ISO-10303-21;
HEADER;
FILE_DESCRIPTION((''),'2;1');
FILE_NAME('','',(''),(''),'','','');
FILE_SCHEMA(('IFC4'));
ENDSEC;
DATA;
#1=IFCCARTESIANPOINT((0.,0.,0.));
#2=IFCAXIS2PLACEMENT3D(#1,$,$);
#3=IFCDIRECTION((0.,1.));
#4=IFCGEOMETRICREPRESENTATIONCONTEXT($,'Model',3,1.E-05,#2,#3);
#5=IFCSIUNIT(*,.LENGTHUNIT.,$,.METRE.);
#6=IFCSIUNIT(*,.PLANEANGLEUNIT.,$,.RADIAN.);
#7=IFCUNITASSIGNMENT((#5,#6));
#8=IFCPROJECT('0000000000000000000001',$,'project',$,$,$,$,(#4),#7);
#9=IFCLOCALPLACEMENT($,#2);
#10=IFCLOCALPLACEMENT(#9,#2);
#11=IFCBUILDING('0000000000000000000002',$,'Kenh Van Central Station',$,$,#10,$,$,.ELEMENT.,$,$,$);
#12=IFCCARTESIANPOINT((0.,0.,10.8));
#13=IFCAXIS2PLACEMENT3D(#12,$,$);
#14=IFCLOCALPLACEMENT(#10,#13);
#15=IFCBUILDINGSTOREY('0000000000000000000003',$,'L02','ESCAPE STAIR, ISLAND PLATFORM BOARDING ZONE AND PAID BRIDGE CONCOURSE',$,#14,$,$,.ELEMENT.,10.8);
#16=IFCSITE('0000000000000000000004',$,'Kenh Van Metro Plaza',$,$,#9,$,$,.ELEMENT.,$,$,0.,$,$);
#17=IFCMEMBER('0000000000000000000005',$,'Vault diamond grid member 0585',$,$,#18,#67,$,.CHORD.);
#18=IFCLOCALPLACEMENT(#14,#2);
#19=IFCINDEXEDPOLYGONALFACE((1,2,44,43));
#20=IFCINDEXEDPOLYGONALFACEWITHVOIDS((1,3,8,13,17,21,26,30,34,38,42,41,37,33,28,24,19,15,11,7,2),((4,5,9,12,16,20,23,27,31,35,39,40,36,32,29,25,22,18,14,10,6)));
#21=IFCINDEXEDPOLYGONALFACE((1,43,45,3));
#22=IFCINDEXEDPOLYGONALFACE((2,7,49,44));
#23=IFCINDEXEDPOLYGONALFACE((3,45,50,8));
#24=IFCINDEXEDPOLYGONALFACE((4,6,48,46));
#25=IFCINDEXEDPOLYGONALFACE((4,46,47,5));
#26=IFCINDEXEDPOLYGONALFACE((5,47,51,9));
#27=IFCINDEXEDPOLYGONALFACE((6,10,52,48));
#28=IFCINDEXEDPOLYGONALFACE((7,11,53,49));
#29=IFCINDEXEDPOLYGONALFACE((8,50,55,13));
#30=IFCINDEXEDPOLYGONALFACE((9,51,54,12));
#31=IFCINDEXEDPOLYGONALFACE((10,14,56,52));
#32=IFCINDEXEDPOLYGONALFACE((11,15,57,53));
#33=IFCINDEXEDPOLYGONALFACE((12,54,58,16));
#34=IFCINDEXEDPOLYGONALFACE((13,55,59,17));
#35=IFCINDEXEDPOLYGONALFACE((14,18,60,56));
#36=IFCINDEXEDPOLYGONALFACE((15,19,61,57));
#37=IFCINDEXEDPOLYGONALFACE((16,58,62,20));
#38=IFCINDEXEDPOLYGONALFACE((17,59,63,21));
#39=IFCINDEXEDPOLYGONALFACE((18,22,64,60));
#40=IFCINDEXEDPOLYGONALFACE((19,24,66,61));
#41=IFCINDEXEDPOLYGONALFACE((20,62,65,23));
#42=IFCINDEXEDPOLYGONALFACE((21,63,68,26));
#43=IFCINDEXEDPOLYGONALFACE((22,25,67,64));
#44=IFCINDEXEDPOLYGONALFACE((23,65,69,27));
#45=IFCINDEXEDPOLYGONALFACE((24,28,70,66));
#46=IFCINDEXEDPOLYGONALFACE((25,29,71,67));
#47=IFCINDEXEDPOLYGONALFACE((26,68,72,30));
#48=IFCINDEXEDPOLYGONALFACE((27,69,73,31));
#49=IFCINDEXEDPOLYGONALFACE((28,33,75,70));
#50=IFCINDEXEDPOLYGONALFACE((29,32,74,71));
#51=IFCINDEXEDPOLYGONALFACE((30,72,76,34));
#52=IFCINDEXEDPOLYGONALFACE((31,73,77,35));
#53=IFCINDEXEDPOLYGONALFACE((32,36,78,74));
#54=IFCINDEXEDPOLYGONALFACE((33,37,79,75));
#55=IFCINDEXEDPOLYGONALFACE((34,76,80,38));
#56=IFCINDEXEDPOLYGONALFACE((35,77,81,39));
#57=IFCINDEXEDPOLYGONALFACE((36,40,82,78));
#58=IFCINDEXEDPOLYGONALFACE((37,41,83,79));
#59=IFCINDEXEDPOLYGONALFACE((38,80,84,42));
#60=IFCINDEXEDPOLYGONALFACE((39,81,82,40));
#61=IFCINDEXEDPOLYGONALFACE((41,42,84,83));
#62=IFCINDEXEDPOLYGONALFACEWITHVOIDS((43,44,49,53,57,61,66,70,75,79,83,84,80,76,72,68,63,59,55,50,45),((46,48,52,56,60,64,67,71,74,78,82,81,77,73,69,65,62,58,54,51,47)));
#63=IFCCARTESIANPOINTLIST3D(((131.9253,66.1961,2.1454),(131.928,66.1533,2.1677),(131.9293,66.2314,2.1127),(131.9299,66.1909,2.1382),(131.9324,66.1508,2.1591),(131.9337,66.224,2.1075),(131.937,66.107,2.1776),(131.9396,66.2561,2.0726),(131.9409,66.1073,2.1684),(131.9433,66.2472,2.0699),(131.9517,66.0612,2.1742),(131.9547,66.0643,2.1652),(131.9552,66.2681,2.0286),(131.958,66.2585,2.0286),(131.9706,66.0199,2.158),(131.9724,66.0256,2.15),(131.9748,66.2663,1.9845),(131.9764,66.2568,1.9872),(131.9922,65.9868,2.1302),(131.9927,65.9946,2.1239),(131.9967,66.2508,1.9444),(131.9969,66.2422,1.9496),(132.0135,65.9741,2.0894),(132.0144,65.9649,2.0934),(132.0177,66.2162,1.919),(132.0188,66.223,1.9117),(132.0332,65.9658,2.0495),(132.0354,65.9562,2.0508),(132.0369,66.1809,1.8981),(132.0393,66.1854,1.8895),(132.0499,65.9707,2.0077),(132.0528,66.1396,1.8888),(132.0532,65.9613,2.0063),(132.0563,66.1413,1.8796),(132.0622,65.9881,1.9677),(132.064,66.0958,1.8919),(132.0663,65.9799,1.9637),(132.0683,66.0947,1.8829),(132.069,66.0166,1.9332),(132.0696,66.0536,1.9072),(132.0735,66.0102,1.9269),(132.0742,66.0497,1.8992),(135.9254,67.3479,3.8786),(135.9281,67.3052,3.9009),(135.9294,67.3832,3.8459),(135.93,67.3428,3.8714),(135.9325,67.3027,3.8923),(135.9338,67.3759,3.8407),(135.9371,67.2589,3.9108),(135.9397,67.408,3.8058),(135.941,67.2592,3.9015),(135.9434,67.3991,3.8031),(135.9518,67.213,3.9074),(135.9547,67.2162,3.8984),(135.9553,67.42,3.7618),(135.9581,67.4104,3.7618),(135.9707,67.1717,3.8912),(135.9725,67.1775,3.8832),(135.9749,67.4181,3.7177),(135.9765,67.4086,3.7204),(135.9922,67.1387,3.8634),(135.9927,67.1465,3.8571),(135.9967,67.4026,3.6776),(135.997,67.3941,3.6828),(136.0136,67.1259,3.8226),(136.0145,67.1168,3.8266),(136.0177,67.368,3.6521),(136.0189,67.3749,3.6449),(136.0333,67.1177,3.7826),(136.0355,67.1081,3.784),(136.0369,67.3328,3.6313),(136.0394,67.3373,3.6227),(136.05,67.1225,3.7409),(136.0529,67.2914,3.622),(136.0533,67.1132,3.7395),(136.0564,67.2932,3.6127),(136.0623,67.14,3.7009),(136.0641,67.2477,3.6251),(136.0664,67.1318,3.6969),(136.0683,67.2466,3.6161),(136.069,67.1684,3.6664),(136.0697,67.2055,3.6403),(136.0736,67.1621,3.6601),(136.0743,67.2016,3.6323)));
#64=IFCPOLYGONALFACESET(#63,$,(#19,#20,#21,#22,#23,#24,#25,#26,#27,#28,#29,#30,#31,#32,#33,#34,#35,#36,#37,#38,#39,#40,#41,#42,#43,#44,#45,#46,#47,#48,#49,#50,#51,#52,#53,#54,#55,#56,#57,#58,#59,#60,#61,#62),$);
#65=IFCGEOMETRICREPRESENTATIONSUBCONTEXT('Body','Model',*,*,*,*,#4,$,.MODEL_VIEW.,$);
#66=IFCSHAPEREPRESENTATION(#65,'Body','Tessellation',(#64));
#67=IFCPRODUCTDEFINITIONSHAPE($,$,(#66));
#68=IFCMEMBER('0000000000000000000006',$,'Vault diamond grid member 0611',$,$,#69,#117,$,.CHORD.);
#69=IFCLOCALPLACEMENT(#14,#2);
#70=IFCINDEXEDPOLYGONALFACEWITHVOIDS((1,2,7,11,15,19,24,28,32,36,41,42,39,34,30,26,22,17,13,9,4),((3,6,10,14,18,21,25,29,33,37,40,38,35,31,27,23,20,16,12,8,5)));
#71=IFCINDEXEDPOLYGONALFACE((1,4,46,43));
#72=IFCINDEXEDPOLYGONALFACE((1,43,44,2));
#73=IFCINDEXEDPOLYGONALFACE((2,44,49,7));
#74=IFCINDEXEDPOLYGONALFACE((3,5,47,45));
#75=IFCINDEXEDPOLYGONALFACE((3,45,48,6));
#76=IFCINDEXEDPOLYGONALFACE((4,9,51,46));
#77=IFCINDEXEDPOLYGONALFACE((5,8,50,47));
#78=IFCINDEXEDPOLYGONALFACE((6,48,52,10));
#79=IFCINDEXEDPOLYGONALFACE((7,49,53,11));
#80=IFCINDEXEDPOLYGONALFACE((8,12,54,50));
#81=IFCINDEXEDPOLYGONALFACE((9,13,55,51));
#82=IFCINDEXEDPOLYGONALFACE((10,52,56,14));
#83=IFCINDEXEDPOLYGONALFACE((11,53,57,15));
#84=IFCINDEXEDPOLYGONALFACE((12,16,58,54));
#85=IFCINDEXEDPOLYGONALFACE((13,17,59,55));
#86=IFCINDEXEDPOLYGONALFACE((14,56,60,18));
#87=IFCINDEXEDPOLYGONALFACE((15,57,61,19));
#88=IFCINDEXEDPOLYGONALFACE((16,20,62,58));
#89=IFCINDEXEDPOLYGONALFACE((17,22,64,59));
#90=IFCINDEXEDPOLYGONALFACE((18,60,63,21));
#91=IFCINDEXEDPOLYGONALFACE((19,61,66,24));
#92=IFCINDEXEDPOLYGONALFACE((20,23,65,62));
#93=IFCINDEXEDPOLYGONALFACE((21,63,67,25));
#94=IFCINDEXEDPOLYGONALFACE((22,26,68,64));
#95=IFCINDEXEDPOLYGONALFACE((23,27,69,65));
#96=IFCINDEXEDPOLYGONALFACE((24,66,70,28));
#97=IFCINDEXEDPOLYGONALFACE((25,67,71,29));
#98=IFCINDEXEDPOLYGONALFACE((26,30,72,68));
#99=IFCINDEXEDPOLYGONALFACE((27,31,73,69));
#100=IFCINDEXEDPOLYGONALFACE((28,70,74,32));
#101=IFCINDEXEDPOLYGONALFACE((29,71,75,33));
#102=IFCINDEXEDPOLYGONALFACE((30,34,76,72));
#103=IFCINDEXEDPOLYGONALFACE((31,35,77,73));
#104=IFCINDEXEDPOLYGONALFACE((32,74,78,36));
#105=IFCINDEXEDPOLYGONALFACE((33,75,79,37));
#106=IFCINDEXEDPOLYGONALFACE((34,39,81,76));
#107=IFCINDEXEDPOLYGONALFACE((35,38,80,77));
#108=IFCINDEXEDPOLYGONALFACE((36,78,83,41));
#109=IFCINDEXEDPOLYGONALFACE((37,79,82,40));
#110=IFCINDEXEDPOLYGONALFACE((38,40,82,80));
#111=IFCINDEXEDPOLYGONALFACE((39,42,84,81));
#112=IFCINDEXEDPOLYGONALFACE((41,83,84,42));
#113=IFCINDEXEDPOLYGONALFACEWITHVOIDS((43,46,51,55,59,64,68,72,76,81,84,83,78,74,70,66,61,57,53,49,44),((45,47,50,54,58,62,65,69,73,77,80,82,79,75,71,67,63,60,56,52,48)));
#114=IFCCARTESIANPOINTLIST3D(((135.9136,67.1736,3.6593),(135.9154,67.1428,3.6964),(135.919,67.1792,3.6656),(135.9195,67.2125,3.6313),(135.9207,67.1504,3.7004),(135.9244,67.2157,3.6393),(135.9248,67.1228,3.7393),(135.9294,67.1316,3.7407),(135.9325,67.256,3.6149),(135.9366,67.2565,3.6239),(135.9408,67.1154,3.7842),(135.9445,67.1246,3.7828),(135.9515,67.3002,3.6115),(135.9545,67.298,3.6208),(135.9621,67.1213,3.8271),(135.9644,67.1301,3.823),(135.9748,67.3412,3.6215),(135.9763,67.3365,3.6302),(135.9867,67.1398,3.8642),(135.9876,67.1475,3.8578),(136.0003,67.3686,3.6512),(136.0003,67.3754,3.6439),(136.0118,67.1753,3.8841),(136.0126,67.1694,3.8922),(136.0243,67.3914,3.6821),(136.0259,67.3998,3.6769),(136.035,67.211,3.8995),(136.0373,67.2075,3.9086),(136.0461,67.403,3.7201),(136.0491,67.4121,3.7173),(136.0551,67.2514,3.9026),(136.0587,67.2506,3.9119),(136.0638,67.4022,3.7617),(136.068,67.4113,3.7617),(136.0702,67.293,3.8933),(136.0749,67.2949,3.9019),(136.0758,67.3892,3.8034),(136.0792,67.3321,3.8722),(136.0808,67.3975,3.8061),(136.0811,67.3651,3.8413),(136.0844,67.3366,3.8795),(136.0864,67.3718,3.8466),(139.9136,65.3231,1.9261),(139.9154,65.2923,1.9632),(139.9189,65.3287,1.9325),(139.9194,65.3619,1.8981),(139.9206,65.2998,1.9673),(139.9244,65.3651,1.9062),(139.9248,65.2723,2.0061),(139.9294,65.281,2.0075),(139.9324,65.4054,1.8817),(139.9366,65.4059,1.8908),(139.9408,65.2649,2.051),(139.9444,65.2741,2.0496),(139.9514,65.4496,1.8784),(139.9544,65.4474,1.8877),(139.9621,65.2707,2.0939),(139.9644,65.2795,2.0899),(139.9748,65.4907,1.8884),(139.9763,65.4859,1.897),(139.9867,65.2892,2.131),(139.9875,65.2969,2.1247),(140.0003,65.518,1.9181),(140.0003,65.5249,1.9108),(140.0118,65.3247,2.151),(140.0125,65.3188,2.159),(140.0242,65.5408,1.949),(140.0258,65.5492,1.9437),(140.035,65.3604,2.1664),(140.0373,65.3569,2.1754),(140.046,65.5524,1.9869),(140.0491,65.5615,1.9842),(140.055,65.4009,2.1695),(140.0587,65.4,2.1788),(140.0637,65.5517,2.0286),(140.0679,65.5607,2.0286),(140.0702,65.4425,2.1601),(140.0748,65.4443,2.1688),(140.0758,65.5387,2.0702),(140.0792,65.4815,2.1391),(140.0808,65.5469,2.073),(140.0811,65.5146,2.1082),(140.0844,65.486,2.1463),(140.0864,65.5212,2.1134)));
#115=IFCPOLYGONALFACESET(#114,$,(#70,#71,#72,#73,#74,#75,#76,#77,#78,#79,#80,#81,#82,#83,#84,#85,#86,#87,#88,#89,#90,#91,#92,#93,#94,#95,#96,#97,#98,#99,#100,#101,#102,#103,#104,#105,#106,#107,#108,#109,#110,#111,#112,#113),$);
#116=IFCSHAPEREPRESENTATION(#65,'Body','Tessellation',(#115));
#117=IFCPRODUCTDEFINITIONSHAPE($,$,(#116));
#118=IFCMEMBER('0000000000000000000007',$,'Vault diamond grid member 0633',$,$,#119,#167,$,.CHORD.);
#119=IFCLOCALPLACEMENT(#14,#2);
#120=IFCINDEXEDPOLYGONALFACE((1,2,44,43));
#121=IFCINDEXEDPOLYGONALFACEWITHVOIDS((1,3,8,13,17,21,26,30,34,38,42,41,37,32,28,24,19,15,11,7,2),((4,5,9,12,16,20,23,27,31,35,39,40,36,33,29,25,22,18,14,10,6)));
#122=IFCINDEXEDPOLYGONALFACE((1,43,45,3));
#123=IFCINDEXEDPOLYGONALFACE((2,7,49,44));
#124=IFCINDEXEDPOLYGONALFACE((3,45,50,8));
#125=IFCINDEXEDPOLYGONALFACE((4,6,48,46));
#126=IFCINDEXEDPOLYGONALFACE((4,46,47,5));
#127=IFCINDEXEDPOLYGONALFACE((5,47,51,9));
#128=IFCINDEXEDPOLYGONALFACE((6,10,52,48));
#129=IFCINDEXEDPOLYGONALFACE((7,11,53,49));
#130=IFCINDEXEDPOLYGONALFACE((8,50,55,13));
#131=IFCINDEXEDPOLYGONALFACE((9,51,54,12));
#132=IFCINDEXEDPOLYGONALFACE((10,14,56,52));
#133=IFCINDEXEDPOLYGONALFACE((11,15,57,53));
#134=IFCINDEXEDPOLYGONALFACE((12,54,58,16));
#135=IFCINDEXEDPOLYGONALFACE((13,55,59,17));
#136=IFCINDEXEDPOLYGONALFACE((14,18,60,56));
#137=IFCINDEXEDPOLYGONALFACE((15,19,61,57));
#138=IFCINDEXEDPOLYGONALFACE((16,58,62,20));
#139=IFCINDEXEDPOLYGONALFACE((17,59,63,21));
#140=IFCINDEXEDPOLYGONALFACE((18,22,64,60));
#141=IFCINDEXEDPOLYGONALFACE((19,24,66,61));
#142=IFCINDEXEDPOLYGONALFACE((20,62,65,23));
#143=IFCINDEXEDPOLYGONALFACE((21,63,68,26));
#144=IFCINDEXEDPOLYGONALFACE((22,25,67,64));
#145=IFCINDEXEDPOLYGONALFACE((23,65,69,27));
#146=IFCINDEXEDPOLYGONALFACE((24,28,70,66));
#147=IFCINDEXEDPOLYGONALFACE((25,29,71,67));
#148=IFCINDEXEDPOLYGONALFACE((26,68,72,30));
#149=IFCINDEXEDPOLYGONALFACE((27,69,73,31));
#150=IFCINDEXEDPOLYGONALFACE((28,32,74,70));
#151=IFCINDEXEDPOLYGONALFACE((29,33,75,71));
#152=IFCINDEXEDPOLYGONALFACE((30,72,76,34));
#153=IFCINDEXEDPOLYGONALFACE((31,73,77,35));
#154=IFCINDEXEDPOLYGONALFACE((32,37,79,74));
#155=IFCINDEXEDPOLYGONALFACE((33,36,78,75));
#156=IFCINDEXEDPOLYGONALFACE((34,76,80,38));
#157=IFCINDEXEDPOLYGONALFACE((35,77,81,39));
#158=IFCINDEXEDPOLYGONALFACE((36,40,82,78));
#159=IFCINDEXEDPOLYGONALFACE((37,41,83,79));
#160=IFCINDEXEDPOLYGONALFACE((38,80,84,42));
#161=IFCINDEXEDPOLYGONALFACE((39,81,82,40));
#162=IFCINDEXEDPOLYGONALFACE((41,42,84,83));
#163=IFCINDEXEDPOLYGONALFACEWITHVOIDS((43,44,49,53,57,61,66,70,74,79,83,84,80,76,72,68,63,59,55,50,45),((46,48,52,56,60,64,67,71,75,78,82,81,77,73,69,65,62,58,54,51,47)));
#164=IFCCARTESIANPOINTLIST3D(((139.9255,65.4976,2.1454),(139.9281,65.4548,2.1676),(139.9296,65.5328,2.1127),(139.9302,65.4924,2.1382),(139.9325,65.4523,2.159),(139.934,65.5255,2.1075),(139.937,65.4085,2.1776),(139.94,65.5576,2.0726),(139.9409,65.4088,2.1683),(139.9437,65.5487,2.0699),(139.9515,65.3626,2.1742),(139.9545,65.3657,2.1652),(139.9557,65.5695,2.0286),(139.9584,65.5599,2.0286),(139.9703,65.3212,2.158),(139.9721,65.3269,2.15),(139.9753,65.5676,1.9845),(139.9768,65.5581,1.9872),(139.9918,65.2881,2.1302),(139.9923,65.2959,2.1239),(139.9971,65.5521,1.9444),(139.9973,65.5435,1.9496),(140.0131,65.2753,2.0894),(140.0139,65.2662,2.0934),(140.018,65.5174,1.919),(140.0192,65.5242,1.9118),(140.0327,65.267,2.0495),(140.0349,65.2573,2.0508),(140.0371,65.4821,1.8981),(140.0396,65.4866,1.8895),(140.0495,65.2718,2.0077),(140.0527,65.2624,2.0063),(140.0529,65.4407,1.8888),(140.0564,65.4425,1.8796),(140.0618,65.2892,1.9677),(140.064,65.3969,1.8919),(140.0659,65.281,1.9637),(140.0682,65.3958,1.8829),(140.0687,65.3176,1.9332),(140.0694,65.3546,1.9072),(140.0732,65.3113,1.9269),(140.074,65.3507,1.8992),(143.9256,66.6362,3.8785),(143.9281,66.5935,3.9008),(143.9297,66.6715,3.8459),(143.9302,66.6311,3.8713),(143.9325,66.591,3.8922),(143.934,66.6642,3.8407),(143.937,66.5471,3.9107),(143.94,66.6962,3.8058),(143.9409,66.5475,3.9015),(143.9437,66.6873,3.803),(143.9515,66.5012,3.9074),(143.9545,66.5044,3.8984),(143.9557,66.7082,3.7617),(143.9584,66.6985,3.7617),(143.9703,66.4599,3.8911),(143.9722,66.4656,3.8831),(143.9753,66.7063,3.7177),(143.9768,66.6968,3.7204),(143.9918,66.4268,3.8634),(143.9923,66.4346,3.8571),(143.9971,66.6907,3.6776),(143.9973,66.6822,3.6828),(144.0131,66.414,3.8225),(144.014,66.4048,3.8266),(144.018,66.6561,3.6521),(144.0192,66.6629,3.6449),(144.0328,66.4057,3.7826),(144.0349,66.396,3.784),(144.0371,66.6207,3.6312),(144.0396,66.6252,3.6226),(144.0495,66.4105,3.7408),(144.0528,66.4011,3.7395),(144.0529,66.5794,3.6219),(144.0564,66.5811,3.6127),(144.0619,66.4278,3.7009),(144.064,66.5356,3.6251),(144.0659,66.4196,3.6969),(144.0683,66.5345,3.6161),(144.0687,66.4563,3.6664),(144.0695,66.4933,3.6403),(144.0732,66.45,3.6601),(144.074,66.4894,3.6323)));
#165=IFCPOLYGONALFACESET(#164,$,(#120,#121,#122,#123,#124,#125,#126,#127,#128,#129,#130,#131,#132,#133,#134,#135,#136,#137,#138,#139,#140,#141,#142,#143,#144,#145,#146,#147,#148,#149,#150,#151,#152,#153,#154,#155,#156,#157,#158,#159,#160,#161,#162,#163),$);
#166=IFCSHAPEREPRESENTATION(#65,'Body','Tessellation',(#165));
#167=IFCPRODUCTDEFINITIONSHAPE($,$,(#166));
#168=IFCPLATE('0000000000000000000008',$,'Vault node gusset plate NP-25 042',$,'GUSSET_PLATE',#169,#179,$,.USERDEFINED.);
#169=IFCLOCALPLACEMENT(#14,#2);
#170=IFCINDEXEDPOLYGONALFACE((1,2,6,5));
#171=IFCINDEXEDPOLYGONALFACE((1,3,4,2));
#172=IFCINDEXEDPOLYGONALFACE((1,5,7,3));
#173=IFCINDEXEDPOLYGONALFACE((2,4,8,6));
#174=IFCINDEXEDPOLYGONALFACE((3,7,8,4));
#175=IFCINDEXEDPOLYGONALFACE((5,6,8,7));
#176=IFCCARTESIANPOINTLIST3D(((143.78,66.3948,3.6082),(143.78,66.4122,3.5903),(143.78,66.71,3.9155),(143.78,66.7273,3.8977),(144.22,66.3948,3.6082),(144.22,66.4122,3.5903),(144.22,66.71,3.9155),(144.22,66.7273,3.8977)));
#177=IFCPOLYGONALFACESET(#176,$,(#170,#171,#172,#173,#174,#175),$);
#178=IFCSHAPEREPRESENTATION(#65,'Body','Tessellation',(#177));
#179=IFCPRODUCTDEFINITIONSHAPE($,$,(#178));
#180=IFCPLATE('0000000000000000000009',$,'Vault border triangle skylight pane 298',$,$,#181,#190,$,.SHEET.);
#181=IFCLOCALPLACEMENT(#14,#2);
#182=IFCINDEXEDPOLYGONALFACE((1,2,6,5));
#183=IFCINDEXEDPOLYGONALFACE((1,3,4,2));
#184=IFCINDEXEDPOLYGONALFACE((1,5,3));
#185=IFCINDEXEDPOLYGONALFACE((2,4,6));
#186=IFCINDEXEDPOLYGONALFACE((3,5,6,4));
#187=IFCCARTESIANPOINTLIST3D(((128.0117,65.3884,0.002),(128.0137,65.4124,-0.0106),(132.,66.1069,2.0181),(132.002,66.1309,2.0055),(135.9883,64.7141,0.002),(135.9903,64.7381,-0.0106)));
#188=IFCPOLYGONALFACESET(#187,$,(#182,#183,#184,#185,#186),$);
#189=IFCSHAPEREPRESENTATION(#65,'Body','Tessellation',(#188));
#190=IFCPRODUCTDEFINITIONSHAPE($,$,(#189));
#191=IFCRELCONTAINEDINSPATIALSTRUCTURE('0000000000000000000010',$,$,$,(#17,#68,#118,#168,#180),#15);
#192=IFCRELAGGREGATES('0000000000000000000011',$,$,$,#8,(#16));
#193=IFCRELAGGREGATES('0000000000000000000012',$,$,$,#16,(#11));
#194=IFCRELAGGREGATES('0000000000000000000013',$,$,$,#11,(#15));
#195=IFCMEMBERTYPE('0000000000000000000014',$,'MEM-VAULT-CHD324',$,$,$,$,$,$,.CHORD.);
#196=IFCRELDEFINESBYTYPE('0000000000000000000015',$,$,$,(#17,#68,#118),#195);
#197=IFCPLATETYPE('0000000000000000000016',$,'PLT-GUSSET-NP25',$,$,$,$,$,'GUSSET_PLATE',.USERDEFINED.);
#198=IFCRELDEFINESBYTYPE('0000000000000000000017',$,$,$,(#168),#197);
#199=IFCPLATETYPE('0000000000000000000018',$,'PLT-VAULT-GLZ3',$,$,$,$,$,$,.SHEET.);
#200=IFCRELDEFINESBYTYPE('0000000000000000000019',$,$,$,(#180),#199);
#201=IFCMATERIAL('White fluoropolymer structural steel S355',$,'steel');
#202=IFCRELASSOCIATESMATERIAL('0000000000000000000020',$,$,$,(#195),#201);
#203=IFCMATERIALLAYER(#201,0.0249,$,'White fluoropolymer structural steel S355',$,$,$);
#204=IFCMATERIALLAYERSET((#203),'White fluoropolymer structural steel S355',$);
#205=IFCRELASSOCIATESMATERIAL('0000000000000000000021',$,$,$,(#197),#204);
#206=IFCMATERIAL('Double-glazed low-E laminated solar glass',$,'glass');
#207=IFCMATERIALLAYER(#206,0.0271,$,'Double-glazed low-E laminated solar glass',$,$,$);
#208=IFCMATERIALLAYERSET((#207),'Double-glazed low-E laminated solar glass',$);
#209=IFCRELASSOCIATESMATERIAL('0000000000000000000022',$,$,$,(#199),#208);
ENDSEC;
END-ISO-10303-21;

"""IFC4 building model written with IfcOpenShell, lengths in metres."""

from ifc_helpers import new_model, si_unit, direction, frame, origin, origin_2d, place, context, subcontext, project, spatial, polyline, hollow_circle, outline, extrude, material, layer, layer_set, material_profile, profile_set, type_object, element, save


model = new_model("IFC4")

# Units and contexts
model_context = context("Model", 3, precision=1e-05, world=origin(), true_north=direction((0.0, 1.0)))
body_context = subcontext(model_context, "Body", "Model", "MODEL_VIEW")
ifc_project = project(units=[si_unit("LENGTHUNIT", "METRE"), si_unit("PLANEANGLEUNIT", "RADIAN")], contexts=[model_context])

# Site, building, storey
site_placement = place(None, origin())
site = spatial("IfcSite", under=ifc_project, at=site_placement, Name="Kenh Van Metro Plaza", CompositionType="ELEMENT", RefElevation=0.0)
building_placement = place(site_placement, origin())
building = spatial("IfcBuilding", under=site, at=building_placement, Name="Kenh Van Central Station", CompositionType="ELEMENT")
storey_placement = place(building_placement, frame((0.0, 0.0, 10.8)))
storey = spatial("IfcBuildingStorey", under=building, at=storey_placement, Name="L02", Description="ESCAPE STAIR, ISLAND PLATFORM BOARDING ZONE AND PAID BRIDGE CONCOURSE", CompositionType="ELEMENT", Elevation=10.8)

# Shared definitions
ifc_material_1 = material(Name="White fluoropolymer structural steel S355", Category="steel")

# Members
ifc_material_profile_1 = material_profile(ifc_material_1, hollow_circle(Radius=0.1619, WallThickness=0.01, at=origin_2d()), Name="CHS 323.9x10")
ifc_profile_set_1 = profile_set([ifc_material_profile_1], Name="White fluoropolymer structural steel S355")
member_type_1 = type_object("IfcMemberType", Name="MEM-VAULT-CHD324", PredefinedType="CHORD", material=ifc_profile_set_1)
member_1_placement = place(storey_placement, frame((132.0, 66.1125, 2.0286), z_axis=(0.887125, 0.25546, 0.384381), x_axis=(-0.276719, 0.960951, 0.0)))
element("IfcMember", 1, at=member_1_placement, inside=storey, type_object=member_type_1, Name="Vault diamond grid member 0585", PredefinedType="CHORD", context=body_context, shape_type="SweptSolid", body=[
    extrude(hollow_circle(Radius=0.1619, WallThickness=0.01, at=origin_2d()), origin(), (0.0, 0.0, 1.0), 4.509),
])
member_2_placement = place(storey_placement, frame((136.0, 67.2644, 3.7617), z_axis=(0.844617, -0.390759, -0.365963), x_axis=(0.419887, 0.907576, 0.0)))
element("IfcMember", 2, at=member_2_placement, inside=storey, type_object=member_type_1, Name="Vault diamond grid member 0611", PredefinedType="CHORD", context=body_context, shape_type="SweptSolid", body=[
    extrude(hollow_circle(Radius=0.1619, WallThickness=0.01, at=origin_2d()), origin(), (0.0, 0.0, 1.0), 4.7358),
])
member_3_placement = place(storey_placement, frame((140.0, 65.4138, 2.0286), z_axis=(0.887785, 0.252724, 0.384667), x_axis=(-0.273791, 0.961789, 0.0)))
element("IfcMember", 3, at=member_3_placement, inside=storey, type_object=member_type_1, Name="Vault diamond grid member 0633", PredefinedType="CHORD", context=body_context, shape_type="SweptSolid", body=[
    extrude(hollow_circle(Radius=0.1619, WallThickness=0.01, at=origin_2d()), origin(), (0.0, 0.0, 1.0), 4.5056),
])

# Plates
ifc_layer_1 = layer(ifc_material_1, 0.0249, Name="White fluoropolymer structural steel S355")
ifc_layer_set_1 = layer_set([ifc_layer_1], Name="White fluoropolymer structural steel S355")
plate_type_1 = type_object("IfcPlateType", Name="PLT-GUSSET-NP25", ElementType="GUSSET_PLATE", PredefinedType="USERDEFINED", material=ifc_layer_set_1)
plate_1_placement = place(storey_placement, frame((143.78, 66.3948, 3.6082), z_axis=(0.0, -0.698178, 0.715924), x_axis=(1.0, 0.0, 0.0)))
element("IfcPlate", 4, at=plate_1_placement, inside=storey, type_object=plate_type_1, Name="Vault node gusset plate NP-25 042", ObjectType="GUSSET_PLATE", PredefinedType="USERDEFINED", context=body_context, shape_type="SweptSolid", body=[
    extrude(outline(polyline([(0.0, 0.0), (0.4399, 0.0), (0.4399, 0.4403), (0.0, 0.4403), (0.0, 0.0)])), origin(), (0.0, 0.0, -1.0), 0.0249),
])
ifc_material_2 = material(Name="Double-glazed low-E laminated solar glass", Category="glass")
ifc_layer_2 = layer(ifc_material_2, 0.0271, Name="Double-glazed low-E laminated solar glass")
ifc_layer_set_2 = layer_set([ifc_layer_2], Name="Double-glazed low-E laminated solar glass")
plate_type_2 = type_object("IfcPlateType", Name="PLT-VAULT-GLZ3", PredefinedType="SHEET", material=ifc_layer_set_2)
plate_2_placement = place(storey_placement, frame((128.0117, 65.3884, 0.002), z_axis=(-0.074683, -0.883429, 0.462575), x_axis=(0.996446, -0.084237, 0.0)))
element("IfcPlate", 5, at=plate_2_placement, inside=storey, type_object=plate_type_2, Name="Vault border triangle skylight pane 298", PredefinedType="SHEET", context=body_context, shape_type="SweptSolid", body=[
    extrude(outline(polyline([(0.0, 0.0), (8.005, 0.0), (3.9136, 2.274), (0.0, 0.0)])), origin(), (0.0, 0.0, -1.0), 0.0271),
])

save(model, "model.ifc")
